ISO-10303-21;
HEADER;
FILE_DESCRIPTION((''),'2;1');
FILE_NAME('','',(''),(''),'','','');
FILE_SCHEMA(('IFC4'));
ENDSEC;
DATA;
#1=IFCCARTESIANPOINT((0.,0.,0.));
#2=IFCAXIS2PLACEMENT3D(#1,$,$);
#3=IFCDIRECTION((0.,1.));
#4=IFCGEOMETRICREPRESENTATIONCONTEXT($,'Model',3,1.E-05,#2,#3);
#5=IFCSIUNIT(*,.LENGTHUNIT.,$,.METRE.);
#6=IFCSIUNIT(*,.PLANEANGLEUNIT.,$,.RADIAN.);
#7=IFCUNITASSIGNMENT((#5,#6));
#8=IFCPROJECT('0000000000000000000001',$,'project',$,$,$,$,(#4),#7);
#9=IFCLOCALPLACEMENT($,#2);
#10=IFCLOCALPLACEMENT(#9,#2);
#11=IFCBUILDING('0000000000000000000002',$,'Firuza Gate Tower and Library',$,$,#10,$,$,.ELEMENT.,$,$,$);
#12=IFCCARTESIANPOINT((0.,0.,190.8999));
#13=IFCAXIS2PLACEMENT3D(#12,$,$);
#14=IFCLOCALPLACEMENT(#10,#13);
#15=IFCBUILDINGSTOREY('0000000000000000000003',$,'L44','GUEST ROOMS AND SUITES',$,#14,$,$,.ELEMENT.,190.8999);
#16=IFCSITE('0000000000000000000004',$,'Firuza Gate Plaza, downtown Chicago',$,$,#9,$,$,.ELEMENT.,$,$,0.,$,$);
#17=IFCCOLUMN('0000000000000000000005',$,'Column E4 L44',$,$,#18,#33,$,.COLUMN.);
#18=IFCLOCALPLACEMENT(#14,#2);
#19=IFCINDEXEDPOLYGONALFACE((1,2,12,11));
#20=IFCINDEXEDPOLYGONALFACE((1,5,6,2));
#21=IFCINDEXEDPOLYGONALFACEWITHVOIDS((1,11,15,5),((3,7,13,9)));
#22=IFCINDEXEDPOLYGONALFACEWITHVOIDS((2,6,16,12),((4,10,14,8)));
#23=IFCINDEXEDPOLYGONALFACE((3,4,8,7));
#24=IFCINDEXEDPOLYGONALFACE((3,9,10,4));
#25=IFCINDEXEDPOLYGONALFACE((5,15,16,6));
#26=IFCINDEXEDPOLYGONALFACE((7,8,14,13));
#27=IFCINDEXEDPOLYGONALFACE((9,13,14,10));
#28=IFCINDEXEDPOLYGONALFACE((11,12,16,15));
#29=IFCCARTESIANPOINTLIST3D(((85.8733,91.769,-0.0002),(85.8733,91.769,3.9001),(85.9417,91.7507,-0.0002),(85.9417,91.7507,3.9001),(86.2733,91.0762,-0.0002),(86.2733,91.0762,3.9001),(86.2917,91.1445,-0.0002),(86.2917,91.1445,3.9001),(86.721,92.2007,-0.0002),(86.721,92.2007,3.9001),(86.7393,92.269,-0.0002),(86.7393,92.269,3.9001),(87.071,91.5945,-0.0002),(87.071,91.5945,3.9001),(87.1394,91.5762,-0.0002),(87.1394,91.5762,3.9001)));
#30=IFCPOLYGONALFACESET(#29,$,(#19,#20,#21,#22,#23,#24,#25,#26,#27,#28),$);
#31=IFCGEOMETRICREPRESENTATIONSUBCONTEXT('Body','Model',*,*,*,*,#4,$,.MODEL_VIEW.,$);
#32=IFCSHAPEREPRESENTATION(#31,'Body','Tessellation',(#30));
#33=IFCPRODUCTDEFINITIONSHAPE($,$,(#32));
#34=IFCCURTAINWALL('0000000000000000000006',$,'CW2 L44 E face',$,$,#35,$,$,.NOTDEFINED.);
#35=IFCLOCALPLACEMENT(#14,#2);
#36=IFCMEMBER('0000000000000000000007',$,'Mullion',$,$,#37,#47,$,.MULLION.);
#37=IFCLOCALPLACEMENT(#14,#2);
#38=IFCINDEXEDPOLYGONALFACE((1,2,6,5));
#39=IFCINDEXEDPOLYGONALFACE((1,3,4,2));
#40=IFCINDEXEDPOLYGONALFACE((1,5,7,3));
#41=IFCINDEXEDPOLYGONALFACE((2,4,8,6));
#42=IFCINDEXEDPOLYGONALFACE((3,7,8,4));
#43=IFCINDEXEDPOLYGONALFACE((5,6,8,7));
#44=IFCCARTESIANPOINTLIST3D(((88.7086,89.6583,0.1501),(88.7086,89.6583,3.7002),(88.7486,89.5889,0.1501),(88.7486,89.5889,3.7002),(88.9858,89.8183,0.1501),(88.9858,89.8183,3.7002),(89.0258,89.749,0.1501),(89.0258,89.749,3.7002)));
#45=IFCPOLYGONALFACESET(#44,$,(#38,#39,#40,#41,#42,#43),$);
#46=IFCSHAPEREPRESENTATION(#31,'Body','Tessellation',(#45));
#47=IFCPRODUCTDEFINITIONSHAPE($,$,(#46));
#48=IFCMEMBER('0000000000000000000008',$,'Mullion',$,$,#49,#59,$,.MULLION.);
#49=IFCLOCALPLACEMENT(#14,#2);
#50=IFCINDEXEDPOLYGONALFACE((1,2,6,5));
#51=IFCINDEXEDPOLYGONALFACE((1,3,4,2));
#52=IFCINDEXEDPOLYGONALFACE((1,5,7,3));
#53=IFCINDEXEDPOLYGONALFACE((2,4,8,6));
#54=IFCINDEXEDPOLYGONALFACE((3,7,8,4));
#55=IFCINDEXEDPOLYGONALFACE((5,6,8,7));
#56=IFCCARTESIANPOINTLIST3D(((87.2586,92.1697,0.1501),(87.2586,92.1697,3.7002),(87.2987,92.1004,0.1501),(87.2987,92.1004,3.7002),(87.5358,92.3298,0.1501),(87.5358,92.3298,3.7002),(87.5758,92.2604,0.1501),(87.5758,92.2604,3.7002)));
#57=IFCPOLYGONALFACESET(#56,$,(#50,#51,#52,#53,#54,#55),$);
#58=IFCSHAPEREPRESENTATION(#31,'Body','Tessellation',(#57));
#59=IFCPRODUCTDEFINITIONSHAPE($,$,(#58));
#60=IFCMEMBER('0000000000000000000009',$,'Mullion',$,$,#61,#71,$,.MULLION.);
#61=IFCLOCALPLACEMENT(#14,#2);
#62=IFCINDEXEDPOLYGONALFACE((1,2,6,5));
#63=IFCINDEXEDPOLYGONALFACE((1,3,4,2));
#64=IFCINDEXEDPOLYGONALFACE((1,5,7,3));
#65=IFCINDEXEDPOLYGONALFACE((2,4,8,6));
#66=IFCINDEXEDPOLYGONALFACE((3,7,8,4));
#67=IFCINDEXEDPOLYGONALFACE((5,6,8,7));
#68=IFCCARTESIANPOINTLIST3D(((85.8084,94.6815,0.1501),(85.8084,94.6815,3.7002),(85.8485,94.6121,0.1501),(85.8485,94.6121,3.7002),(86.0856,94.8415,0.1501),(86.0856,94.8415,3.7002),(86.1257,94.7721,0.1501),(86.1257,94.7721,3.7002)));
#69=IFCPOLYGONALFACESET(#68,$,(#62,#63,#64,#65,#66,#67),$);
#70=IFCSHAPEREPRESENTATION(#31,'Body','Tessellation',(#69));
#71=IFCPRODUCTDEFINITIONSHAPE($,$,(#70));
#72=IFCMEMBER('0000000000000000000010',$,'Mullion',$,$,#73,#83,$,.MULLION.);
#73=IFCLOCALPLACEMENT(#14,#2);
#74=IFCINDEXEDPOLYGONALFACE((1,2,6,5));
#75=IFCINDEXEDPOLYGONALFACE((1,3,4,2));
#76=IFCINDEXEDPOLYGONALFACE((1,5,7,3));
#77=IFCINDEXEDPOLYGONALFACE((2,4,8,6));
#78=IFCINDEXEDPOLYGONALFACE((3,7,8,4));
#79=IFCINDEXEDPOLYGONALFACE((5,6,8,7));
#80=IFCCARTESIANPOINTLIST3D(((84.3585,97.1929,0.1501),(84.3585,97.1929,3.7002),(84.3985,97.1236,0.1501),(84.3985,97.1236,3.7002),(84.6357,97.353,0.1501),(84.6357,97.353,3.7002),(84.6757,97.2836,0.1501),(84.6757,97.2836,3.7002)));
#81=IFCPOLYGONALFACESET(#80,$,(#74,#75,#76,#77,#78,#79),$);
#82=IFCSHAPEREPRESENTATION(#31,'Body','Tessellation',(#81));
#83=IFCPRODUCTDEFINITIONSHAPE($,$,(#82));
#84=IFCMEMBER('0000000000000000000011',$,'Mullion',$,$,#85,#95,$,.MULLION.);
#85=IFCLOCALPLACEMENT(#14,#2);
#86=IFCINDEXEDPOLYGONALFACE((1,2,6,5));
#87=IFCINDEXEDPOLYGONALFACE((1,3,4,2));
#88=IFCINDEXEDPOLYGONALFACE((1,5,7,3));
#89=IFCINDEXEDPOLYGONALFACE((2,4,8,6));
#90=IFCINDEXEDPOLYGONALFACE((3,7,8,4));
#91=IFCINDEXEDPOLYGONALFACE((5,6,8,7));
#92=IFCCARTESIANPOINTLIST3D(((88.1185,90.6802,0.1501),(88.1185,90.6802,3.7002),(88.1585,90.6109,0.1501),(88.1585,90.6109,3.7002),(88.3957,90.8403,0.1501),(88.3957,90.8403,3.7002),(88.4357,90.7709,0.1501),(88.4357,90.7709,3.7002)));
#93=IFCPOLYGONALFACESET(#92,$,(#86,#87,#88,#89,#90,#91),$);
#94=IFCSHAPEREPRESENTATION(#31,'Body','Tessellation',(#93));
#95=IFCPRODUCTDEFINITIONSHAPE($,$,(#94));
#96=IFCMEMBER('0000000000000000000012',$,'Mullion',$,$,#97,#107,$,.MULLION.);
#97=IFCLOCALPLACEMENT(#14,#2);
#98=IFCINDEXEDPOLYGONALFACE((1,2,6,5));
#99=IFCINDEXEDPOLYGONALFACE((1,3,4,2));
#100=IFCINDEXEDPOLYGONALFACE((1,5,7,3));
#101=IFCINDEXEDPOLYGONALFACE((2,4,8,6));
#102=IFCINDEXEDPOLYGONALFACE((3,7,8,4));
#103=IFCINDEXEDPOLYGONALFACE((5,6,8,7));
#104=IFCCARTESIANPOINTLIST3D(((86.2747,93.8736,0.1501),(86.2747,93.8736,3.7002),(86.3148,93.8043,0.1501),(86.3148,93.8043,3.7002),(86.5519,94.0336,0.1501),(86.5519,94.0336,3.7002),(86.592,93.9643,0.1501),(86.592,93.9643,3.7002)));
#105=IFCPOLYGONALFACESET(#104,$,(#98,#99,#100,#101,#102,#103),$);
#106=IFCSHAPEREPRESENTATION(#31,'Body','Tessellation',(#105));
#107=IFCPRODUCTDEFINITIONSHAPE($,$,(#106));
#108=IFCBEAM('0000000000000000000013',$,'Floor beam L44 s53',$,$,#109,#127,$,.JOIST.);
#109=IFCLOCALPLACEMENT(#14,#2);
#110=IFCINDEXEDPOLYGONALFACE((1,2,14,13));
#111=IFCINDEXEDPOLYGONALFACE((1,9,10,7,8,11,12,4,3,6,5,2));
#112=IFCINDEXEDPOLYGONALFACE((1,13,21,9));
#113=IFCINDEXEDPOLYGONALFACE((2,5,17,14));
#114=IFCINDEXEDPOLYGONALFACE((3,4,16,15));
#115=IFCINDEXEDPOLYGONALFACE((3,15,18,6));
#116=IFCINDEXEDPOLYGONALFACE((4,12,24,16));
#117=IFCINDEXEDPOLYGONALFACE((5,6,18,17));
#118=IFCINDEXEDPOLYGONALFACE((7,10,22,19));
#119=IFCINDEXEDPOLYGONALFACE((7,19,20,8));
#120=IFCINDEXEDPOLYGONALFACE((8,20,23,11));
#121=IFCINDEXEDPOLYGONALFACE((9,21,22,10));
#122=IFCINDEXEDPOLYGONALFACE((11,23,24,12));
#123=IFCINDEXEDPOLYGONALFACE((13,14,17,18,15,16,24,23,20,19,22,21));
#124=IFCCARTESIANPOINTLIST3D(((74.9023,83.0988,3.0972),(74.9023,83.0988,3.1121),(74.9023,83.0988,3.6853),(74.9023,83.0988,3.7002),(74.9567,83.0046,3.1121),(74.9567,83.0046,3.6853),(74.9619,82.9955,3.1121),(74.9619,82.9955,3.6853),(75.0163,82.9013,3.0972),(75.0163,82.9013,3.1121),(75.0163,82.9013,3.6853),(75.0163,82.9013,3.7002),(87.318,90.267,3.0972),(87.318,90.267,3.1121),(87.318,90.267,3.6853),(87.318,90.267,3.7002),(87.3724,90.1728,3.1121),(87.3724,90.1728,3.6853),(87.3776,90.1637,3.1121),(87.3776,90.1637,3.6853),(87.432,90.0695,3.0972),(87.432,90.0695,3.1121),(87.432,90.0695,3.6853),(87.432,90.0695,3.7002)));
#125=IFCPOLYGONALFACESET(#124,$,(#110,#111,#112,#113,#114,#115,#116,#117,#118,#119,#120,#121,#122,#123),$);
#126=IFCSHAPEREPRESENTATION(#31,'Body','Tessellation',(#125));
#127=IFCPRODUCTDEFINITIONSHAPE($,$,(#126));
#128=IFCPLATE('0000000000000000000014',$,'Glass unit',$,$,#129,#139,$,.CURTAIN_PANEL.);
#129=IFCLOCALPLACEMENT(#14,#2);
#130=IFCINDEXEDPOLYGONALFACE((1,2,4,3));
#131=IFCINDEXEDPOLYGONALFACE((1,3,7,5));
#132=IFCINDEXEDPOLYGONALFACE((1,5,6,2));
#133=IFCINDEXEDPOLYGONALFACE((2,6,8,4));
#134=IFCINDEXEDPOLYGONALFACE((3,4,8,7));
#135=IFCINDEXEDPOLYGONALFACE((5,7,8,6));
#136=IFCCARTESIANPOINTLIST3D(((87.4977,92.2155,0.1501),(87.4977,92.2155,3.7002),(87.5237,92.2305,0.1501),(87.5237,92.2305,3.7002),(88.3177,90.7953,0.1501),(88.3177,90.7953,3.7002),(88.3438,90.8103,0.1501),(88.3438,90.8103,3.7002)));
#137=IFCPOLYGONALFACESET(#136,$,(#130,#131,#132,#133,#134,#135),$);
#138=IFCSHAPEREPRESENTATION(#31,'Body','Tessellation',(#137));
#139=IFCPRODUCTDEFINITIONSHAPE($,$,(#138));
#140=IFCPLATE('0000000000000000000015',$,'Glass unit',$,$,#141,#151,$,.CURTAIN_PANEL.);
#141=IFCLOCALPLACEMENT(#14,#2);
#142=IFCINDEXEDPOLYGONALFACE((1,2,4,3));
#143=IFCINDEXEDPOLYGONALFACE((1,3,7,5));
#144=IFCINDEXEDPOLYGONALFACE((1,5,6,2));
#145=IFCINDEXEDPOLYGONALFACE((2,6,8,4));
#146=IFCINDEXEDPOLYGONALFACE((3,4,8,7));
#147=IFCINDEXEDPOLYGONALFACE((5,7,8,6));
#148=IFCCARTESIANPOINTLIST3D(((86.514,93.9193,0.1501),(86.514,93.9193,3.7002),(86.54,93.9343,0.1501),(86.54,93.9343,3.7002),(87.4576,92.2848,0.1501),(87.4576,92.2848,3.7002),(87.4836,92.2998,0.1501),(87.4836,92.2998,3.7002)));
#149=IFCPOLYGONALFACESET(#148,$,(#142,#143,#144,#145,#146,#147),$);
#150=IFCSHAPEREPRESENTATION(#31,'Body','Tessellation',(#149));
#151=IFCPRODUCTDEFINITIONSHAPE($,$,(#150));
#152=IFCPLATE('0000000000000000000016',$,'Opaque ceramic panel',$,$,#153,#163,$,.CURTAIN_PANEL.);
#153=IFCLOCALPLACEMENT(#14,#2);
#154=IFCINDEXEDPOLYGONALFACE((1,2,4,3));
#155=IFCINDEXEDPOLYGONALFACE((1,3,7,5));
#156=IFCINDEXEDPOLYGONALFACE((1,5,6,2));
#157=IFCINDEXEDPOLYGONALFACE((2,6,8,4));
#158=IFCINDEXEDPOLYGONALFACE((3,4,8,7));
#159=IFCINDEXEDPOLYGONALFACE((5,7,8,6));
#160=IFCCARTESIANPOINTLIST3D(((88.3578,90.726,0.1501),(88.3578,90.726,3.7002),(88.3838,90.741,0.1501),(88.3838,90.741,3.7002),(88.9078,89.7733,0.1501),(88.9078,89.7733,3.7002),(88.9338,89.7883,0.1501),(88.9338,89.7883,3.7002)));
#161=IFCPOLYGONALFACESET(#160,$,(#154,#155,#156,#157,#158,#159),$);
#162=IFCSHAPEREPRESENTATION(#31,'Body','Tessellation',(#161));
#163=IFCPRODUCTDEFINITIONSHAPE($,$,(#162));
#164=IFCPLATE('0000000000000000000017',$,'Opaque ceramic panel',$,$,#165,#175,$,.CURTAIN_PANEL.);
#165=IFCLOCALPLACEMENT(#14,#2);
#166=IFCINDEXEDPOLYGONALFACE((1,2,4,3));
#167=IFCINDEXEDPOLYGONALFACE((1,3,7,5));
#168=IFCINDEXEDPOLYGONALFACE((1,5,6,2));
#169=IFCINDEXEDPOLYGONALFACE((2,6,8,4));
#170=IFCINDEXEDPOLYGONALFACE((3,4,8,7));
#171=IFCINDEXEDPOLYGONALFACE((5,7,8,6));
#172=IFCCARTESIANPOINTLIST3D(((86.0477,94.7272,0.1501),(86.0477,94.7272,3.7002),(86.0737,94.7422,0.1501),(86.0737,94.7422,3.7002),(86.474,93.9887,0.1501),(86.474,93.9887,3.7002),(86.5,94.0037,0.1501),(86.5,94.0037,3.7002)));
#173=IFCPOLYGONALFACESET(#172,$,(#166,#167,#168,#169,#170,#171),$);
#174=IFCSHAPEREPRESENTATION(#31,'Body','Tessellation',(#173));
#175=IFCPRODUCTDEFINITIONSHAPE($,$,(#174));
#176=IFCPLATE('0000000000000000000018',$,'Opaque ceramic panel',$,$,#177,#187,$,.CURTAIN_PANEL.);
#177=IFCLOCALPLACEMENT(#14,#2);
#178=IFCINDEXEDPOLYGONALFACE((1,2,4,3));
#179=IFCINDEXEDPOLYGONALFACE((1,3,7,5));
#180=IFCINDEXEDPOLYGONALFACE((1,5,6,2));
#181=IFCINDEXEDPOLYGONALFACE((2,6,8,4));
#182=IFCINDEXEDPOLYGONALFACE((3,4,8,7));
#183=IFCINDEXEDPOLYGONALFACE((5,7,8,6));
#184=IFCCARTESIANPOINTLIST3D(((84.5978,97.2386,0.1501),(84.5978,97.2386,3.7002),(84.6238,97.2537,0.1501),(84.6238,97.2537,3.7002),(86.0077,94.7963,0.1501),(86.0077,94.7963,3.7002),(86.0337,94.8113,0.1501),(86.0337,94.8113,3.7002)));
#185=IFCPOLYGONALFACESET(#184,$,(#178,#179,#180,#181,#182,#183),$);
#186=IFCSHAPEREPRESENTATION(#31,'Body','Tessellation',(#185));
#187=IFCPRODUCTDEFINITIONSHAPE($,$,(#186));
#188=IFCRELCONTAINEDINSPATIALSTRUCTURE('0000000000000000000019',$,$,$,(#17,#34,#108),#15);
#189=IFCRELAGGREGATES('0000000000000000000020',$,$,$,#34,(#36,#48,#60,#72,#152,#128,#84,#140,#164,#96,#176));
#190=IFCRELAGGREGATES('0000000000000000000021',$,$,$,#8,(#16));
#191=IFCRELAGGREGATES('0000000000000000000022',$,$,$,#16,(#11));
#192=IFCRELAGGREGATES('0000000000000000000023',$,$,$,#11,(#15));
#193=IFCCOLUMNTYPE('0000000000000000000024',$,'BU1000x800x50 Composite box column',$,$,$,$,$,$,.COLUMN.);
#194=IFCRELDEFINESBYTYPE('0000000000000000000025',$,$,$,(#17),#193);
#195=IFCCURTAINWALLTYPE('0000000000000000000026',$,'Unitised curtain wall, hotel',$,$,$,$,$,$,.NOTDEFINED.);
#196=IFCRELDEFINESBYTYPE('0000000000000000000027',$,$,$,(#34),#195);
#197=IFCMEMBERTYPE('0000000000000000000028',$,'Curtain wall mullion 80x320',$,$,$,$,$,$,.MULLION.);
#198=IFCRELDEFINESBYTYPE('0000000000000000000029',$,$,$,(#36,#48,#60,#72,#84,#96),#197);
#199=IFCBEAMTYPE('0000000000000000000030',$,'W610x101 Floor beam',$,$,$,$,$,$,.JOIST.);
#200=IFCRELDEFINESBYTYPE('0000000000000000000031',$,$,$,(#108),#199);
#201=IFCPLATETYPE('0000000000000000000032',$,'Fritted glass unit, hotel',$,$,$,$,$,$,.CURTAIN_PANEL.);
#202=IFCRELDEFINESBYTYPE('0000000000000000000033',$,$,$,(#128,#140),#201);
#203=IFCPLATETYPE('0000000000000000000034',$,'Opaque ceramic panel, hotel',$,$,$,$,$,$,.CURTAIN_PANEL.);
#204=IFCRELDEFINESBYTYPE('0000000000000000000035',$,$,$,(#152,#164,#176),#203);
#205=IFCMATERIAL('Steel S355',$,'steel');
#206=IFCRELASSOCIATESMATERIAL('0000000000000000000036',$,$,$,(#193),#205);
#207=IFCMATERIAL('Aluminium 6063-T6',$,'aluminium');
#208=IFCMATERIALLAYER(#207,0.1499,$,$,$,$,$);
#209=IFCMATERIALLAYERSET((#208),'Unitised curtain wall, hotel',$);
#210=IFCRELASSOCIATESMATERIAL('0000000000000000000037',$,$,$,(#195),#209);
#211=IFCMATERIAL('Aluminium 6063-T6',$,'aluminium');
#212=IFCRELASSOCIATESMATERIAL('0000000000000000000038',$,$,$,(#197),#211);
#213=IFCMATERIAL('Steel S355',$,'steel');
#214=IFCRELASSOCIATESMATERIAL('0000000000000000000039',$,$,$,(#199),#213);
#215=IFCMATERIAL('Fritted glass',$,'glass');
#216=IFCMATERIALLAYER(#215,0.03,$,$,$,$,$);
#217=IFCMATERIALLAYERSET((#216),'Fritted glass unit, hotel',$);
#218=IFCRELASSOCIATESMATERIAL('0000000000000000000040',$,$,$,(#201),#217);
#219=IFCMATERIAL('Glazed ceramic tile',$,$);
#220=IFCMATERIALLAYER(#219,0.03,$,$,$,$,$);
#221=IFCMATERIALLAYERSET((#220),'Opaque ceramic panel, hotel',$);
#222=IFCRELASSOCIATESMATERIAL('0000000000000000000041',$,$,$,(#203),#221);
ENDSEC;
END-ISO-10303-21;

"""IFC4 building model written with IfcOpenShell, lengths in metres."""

from ifc_helpers import new_model, si_unit, direction, frame, origin, origin_2d, place, context, subcontext, project, spatial, polyline, rectangle, hollow_rectangle, i_section, outline, extrude, material, layer, layer_set, material_profile, profile_set, type_object, element, aggregate, save


model = new_model("IFC4")

# Units and contexts
model_context = context("Model", 3, precision=1e-05, world=origin(), true_north=direction((0.0, 1.0)))
body_context = subcontext(model_context, "Body", "Model", "MODEL_VIEW")
ifc_project = project(units=[si_unit("LENGTHUNIT", "METRE"), si_unit("PLANEANGLEUNIT", "RADIAN")], contexts=[model_context])

# Site, building, storey
site_placement = place(None, origin())
site = spatial("IfcSite", under=ifc_project, at=site_placement, Name="Firuza Gate Plaza, downtown Chicago", CompositionType="ELEMENT", RefElevation=0.0)
building_placement = place(site_placement, origin())
building = spatial("IfcBuilding", under=site, at=building_placement, Name="Firuza Gate Tower and Library", CompositionType="ELEMENT")
storey_placement = place(building_placement, frame((0.0, 0.0, 190.8999)))
storey = spatial("IfcBuildingStorey", under=building, at=storey_placement, Name="L44", Description="GUEST ROOMS AND SUITES", CompositionType="ELEMENT", Elevation=190.8999)

# Column
ifc_material_1 = material(Name="Steel S355", Category="steel")
ifc_material_profile_1 = material_profile(ifc_material_1, hollow_rectangle(XDim=0.8, YDim=1.0, WallThickness=0.05, at=origin_2d()))
ifc_profile_set_1 = profile_set([ifc_material_profile_1], Name="Steel S355")
column_type = type_object("IfcColumnType", Name="BU1000x800x50 Composite box column", PredefinedType="COLUMN", material=ifc_profile_set_1)
column_placement = place(storey_placement, frame((86.5063, 91.6726, -0.0002), z_axis=(0.0, 0.0, 1.0), x_axis=(-0.5, 0.866025, 0.0)))
element("IfcColumn", 1, at=column_placement, inside=storey, type_object=column_type, Name="Column E4 L44", PredefinedType="COLUMN", context=body_context, shape_type="SweptSolid", body=[
    extrude(hollow_rectangle(XDim=0.8, YDim=1.0, WallThickness=0.05, at=origin_2d()), origin(), (0.0, 0.0, 1.0), 3.9004),
])

# Curtain wall, members
ifc_material_2 = material(Name="Aluminium 6063-T6", Category="aluminium")
ifc_layer_1 = layer(ifc_material_2, 0.1499)
ifc_layer_set_1 = layer_set([ifc_layer_1], Name="Unitised curtain wall, hotel")
curtain_wall_type = type_object("IfcCurtainWallType", Name="Unitised curtain wall, hotel", PredefinedType="NOTDEFINED", material=ifc_layer_set_1)
curtain_wall_placement = place(storey_placement, origin())
curtain_wall = element("IfcCurtainWall", 2, at=curtain_wall_placement, inside=storey, type_object=curtain_wall_type, Name="CW2 L44 E face", PredefinedType="NOTDEFINED")
ifc_material_3 = material(Name="Aluminium 6063-T6", Category="aluminium")
ifc_material_profile_2 = material_profile(ifc_material_3, rectangle(XDim=0.3201, YDim=0.0801, at=origin_2d()))
ifc_profile_set_2 = profile_set([ifc_material_profile_2], Name="Aluminium 6063-T6")
member_type = type_object("IfcMemberType", Name="Curtain wall mullion 80x320", PredefinedType="MULLION", material=ifc_profile_set_2)
member_1_placement = place(storey_placement, frame((88.8672, 89.7036, 0.1501), z_axis=(0.0, 0.0, 1.0), x_axis=(-0.866025, -0.5, 0.0)))
member_1 = element("IfcMember", 3, at=member_1_placement, type_object=member_type, Name="Mullion", PredefinedType="MULLION", context=body_context, shape_type="SweptSolid", body=[
    extrude(rectangle(XDim=0.3201, YDim=0.0801, at=origin_2d()), origin(), (0.0, 0.0, 1.0), 3.55),
])
member_2_placement = place(storey_placement, frame((87.4172, 92.2151, 0.1501), z_axis=(0.0, 0.0, 1.0), x_axis=(-0.866025, -0.5, 0.0)))
member_2 = element("IfcMember", 4, at=member_2_placement, type_object=member_type, Name="Mullion", PredefinedType="MULLION", context=body_context, shape_type="SweptSolid", body=[
    extrude(rectangle(XDim=0.3201, YDim=0.0801, at=origin_2d()), origin(), (0.0, 0.0, 1.0), 3.55),
])
member_3_placement = place(storey_placement, frame((85.967, 94.7268, 0.1501), z_axis=(0.0, 0.0, 1.0), x_axis=(-0.866025, -0.5, 0.0)))
member_3 = element("IfcMember", 5, at=member_3_placement, type_object=member_type, Name="Mullion", PredefinedType="MULLION", context=body_context, shape_type="SweptSolid", body=[
    extrude(rectangle(XDim=0.3201, YDim=0.0801, at=origin_2d()), origin(), (0.0, 0.0, 1.0), 3.55),
])
member_4_placement = place(storey_placement, frame((84.5171, 97.2383, 0.1501), z_axis=(0.0, 0.0, 1.0), x_axis=(-0.866025, -0.5, 0.0)))
member_4 = element("IfcMember", 6, at=member_4_placement, type_object=member_type, Name="Mullion", PredefinedType="MULLION", context=body_context, shape_type="SweptSolid", body=[
    extrude(rectangle(XDim=0.3201, YDim=0.0801, at=origin_2d()), origin(), (0.0, 0.0, 1.0), 3.55),
])
member_5_placement = place(storey_placement, frame((88.2771, 90.7256, 0.1501), z_axis=(0.0, 0.0, 1.0), x_axis=(-0.866025, -0.5, 0.0)))
member_5 = element("IfcMember", 7, at=member_5_placement, type_object=member_type, Name="Mullion", PredefinedType="MULLION", context=body_context, shape_type="SweptSolid", body=[
    extrude(rectangle(XDim=0.3201, YDim=0.0801, at=origin_2d()), origin(), (0.0, 0.0, 1.0), 3.55),
])
member_6_placement = place(storey_placement, frame((86.4333, 93.9189, 0.1501), z_axis=(0.0, 0.0, 1.0), x_axis=(-0.866025, -0.5, 0.0)))
member_6 = element("IfcMember", 8, at=member_6_placement, type_object=member_type, Name="Mullion", PredefinedType="MULLION", context=body_context, shape_type="SweptSolid", body=[
    extrude(rectangle(XDim=0.3201, YDim=0.0801, at=origin_2d()), origin(), (0.0, 0.0, 1.0), 3.55),
])

# Beam
ifc_material_4 = material(Name="Steel S355", Category="steel")
ifc_material_profile_3 = material_profile(ifc_material_4, i_section(OverallWidth=0.228, OverallDepth=0.603, WebThickness=0.0105, FlangeThickness=0.0149, at=origin_2d()))
ifc_profile_set_3 = profile_set([ifc_material_profile_3], Name="Steel S355")
beam_type = type_object("IfcBeamType", Name="W610x101 Floor beam", PredefinedType="JOIST", material=ifc_profile_set_3)
beam_placement = place(storey_placement, frame((87.375, 90.1682, 3.3987), z_axis=(-0.866026, -0.499998, 0.0), x_axis=(0.499998, -0.866026, 0.0)))
element("IfcBeam", 9, at=beam_placement, inside=storey, type_object=beam_type, Name="Floor beam L44 s53", PredefinedType="JOIST", context=body_context, shape_type="SweptSolid", body=[
    extrude(i_section(OverallWidth=0.228, OverallDepth=0.603, WebThickness=0.0105, FlangeThickness=0.0149, at=origin_2d()), origin(), (0.0, 0.0, 1.0), 14.3364),
])

# Plates
ifc_material_5 = material(Name="Fritted glass", Category="glass")
ifc_layer_2 = layer(ifc_material_5, 0.03)
ifc_layer_set_2 = layer_set([ifc_layer_2], Name="Fritted glass unit, hotel")
plate_type_1 = type_object("IfcPlateType", Name="Fritted glass unit, hotel", PredefinedType="CURTAIN_PANEL", material=ifc_layer_set_2)
plate_1_placement = place(storey_placement, frame((88.3438, 90.8103, 0.1501), z_axis=(0.86599, 0.500062, 0.0), x_axis=(-0.500062, 0.86599, 0.0)))
plate_1 = element("IfcPlate", 10, at=plate_1_placement, type_object=plate_type_1, Name="Glass unit", PredefinedType="CURTAIN_PANEL", context=body_context, shape_type="SweptSolid", body=[
    extrude(outline(polyline([(0.0, 0.0), (1.6399, 0.0), (1.6399, 3.55), (0.0, 3.55), (0.0, 0.0)])), origin(), (0.0, 0.0, -1.0), 0.03),
])
plate_2_placement = place(storey_placement, frame((87.4836, 92.2998, 0.1501), z_axis=(0.866046, 0.499965, 0.0), x_axis=(-0.499965, 0.866046, 0.0)))
plate_2 = element("IfcPlate", 11, at=plate_2_placement, type_object=plate_type_1, Name="Glass unit", PredefinedType="CURTAIN_PANEL", context=body_context, shape_type="SweptSolid", body=[
    extrude(outline(polyline([(0.0, 0.0), (1.8873, 0.0), (1.8873, 3.55), (0.0, 3.55), (0.0, 0.0)])), origin(), (0.0, 0.0, -1.0), 0.03),
])
ifc_material_6 = material(Name="Glazed ceramic tile")
ifc_layer_3 = layer(ifc_material_6, 0.03)
ifc_layer_set_3 = layer_set([ifc_layer_3], Name="Opaque ceramic panel, hotel")
plate_type_2 = type_object("IfcPlateType", Name="Opaque ceramic panel, hotel", PredefinedType="CURTAIN_PANEL", material=ifc_layer_set_3)
plate_3_placement = place(storey_placement, frame((88.9338, 89.7883, 0.1501), z_axis=(0.866008, 0.50003, 0.0), x_axis=(-0.50003, 0.866008, 0.0)))
plate_3 = element("IfcPlate", 12, at=plate_3_placement, type_object=plate_type_2, Name="Opaque ceramic panel", PredefinedType="CURTAIN_PANEL", context=body_context, shape_type="SweptSolid", body=[
    extrude(outline(polyline([(0.0, 0.0), (1.1, 0.0), (1.1, 3.55), (0.0, 3.55), (0.0, 0.0)])), origin(), (0.0, 0.0, -1.0), 0.03),
])
plate_4_placement = place(storey_placement, frame((86.5, 94.0037, 0.1501), z_axis=(0.866085, 0.499896, 0.0), x_axis=(-0.499896, 0.866085, 0.0)))
plate_4 = element("IfcPlate", 13, at=plate_4_placement, type_object=plate_type_2, Name="Opaque ceramic panel", PredefinedType="CURTAIN_PANEL", context=body_context, shape_type="SweptSolid", body=[
    extrude(outline(polyline([(0.0, 0.0), (0.8527, 0.0), (0.8527, 3.55), (0.0, 3.55), (0.0, 0.0)])), origin(), (0.0, 0.0, -1.0), 0.03),
])
plate_5_placement = place(storey_placement, frame((86.0337, 94.8113, 0.1501), z_axis=(0.866056, 0.499947, 0.0), x_axis=(-0.499947, 0.866056, 0.0)))
plate_5 = element("IfcPlate", 14, at=plate_5_placement, type_object=plate_type_2, Name="Opaque ceramic panel", PredefinedType="CURTAIN_PANEL", context=body_context, shape_type="SweptSolid", body=[
    extrude(outline(polyline([(0.0, 0.0), (2.8201, 0.0), (2.8201, 3.55), (0.0, 3.55), (0.0, 0.0)])), origin(), (0.0, 0.0, -1.0), 0.03),
])
aggregate(curtain_wall, [member_1, member_2, member_3, member_4, plate_3, plate_1, member_5, plate_2, plate_4, member_6, plate_5])

save(model, "model.ifc")
